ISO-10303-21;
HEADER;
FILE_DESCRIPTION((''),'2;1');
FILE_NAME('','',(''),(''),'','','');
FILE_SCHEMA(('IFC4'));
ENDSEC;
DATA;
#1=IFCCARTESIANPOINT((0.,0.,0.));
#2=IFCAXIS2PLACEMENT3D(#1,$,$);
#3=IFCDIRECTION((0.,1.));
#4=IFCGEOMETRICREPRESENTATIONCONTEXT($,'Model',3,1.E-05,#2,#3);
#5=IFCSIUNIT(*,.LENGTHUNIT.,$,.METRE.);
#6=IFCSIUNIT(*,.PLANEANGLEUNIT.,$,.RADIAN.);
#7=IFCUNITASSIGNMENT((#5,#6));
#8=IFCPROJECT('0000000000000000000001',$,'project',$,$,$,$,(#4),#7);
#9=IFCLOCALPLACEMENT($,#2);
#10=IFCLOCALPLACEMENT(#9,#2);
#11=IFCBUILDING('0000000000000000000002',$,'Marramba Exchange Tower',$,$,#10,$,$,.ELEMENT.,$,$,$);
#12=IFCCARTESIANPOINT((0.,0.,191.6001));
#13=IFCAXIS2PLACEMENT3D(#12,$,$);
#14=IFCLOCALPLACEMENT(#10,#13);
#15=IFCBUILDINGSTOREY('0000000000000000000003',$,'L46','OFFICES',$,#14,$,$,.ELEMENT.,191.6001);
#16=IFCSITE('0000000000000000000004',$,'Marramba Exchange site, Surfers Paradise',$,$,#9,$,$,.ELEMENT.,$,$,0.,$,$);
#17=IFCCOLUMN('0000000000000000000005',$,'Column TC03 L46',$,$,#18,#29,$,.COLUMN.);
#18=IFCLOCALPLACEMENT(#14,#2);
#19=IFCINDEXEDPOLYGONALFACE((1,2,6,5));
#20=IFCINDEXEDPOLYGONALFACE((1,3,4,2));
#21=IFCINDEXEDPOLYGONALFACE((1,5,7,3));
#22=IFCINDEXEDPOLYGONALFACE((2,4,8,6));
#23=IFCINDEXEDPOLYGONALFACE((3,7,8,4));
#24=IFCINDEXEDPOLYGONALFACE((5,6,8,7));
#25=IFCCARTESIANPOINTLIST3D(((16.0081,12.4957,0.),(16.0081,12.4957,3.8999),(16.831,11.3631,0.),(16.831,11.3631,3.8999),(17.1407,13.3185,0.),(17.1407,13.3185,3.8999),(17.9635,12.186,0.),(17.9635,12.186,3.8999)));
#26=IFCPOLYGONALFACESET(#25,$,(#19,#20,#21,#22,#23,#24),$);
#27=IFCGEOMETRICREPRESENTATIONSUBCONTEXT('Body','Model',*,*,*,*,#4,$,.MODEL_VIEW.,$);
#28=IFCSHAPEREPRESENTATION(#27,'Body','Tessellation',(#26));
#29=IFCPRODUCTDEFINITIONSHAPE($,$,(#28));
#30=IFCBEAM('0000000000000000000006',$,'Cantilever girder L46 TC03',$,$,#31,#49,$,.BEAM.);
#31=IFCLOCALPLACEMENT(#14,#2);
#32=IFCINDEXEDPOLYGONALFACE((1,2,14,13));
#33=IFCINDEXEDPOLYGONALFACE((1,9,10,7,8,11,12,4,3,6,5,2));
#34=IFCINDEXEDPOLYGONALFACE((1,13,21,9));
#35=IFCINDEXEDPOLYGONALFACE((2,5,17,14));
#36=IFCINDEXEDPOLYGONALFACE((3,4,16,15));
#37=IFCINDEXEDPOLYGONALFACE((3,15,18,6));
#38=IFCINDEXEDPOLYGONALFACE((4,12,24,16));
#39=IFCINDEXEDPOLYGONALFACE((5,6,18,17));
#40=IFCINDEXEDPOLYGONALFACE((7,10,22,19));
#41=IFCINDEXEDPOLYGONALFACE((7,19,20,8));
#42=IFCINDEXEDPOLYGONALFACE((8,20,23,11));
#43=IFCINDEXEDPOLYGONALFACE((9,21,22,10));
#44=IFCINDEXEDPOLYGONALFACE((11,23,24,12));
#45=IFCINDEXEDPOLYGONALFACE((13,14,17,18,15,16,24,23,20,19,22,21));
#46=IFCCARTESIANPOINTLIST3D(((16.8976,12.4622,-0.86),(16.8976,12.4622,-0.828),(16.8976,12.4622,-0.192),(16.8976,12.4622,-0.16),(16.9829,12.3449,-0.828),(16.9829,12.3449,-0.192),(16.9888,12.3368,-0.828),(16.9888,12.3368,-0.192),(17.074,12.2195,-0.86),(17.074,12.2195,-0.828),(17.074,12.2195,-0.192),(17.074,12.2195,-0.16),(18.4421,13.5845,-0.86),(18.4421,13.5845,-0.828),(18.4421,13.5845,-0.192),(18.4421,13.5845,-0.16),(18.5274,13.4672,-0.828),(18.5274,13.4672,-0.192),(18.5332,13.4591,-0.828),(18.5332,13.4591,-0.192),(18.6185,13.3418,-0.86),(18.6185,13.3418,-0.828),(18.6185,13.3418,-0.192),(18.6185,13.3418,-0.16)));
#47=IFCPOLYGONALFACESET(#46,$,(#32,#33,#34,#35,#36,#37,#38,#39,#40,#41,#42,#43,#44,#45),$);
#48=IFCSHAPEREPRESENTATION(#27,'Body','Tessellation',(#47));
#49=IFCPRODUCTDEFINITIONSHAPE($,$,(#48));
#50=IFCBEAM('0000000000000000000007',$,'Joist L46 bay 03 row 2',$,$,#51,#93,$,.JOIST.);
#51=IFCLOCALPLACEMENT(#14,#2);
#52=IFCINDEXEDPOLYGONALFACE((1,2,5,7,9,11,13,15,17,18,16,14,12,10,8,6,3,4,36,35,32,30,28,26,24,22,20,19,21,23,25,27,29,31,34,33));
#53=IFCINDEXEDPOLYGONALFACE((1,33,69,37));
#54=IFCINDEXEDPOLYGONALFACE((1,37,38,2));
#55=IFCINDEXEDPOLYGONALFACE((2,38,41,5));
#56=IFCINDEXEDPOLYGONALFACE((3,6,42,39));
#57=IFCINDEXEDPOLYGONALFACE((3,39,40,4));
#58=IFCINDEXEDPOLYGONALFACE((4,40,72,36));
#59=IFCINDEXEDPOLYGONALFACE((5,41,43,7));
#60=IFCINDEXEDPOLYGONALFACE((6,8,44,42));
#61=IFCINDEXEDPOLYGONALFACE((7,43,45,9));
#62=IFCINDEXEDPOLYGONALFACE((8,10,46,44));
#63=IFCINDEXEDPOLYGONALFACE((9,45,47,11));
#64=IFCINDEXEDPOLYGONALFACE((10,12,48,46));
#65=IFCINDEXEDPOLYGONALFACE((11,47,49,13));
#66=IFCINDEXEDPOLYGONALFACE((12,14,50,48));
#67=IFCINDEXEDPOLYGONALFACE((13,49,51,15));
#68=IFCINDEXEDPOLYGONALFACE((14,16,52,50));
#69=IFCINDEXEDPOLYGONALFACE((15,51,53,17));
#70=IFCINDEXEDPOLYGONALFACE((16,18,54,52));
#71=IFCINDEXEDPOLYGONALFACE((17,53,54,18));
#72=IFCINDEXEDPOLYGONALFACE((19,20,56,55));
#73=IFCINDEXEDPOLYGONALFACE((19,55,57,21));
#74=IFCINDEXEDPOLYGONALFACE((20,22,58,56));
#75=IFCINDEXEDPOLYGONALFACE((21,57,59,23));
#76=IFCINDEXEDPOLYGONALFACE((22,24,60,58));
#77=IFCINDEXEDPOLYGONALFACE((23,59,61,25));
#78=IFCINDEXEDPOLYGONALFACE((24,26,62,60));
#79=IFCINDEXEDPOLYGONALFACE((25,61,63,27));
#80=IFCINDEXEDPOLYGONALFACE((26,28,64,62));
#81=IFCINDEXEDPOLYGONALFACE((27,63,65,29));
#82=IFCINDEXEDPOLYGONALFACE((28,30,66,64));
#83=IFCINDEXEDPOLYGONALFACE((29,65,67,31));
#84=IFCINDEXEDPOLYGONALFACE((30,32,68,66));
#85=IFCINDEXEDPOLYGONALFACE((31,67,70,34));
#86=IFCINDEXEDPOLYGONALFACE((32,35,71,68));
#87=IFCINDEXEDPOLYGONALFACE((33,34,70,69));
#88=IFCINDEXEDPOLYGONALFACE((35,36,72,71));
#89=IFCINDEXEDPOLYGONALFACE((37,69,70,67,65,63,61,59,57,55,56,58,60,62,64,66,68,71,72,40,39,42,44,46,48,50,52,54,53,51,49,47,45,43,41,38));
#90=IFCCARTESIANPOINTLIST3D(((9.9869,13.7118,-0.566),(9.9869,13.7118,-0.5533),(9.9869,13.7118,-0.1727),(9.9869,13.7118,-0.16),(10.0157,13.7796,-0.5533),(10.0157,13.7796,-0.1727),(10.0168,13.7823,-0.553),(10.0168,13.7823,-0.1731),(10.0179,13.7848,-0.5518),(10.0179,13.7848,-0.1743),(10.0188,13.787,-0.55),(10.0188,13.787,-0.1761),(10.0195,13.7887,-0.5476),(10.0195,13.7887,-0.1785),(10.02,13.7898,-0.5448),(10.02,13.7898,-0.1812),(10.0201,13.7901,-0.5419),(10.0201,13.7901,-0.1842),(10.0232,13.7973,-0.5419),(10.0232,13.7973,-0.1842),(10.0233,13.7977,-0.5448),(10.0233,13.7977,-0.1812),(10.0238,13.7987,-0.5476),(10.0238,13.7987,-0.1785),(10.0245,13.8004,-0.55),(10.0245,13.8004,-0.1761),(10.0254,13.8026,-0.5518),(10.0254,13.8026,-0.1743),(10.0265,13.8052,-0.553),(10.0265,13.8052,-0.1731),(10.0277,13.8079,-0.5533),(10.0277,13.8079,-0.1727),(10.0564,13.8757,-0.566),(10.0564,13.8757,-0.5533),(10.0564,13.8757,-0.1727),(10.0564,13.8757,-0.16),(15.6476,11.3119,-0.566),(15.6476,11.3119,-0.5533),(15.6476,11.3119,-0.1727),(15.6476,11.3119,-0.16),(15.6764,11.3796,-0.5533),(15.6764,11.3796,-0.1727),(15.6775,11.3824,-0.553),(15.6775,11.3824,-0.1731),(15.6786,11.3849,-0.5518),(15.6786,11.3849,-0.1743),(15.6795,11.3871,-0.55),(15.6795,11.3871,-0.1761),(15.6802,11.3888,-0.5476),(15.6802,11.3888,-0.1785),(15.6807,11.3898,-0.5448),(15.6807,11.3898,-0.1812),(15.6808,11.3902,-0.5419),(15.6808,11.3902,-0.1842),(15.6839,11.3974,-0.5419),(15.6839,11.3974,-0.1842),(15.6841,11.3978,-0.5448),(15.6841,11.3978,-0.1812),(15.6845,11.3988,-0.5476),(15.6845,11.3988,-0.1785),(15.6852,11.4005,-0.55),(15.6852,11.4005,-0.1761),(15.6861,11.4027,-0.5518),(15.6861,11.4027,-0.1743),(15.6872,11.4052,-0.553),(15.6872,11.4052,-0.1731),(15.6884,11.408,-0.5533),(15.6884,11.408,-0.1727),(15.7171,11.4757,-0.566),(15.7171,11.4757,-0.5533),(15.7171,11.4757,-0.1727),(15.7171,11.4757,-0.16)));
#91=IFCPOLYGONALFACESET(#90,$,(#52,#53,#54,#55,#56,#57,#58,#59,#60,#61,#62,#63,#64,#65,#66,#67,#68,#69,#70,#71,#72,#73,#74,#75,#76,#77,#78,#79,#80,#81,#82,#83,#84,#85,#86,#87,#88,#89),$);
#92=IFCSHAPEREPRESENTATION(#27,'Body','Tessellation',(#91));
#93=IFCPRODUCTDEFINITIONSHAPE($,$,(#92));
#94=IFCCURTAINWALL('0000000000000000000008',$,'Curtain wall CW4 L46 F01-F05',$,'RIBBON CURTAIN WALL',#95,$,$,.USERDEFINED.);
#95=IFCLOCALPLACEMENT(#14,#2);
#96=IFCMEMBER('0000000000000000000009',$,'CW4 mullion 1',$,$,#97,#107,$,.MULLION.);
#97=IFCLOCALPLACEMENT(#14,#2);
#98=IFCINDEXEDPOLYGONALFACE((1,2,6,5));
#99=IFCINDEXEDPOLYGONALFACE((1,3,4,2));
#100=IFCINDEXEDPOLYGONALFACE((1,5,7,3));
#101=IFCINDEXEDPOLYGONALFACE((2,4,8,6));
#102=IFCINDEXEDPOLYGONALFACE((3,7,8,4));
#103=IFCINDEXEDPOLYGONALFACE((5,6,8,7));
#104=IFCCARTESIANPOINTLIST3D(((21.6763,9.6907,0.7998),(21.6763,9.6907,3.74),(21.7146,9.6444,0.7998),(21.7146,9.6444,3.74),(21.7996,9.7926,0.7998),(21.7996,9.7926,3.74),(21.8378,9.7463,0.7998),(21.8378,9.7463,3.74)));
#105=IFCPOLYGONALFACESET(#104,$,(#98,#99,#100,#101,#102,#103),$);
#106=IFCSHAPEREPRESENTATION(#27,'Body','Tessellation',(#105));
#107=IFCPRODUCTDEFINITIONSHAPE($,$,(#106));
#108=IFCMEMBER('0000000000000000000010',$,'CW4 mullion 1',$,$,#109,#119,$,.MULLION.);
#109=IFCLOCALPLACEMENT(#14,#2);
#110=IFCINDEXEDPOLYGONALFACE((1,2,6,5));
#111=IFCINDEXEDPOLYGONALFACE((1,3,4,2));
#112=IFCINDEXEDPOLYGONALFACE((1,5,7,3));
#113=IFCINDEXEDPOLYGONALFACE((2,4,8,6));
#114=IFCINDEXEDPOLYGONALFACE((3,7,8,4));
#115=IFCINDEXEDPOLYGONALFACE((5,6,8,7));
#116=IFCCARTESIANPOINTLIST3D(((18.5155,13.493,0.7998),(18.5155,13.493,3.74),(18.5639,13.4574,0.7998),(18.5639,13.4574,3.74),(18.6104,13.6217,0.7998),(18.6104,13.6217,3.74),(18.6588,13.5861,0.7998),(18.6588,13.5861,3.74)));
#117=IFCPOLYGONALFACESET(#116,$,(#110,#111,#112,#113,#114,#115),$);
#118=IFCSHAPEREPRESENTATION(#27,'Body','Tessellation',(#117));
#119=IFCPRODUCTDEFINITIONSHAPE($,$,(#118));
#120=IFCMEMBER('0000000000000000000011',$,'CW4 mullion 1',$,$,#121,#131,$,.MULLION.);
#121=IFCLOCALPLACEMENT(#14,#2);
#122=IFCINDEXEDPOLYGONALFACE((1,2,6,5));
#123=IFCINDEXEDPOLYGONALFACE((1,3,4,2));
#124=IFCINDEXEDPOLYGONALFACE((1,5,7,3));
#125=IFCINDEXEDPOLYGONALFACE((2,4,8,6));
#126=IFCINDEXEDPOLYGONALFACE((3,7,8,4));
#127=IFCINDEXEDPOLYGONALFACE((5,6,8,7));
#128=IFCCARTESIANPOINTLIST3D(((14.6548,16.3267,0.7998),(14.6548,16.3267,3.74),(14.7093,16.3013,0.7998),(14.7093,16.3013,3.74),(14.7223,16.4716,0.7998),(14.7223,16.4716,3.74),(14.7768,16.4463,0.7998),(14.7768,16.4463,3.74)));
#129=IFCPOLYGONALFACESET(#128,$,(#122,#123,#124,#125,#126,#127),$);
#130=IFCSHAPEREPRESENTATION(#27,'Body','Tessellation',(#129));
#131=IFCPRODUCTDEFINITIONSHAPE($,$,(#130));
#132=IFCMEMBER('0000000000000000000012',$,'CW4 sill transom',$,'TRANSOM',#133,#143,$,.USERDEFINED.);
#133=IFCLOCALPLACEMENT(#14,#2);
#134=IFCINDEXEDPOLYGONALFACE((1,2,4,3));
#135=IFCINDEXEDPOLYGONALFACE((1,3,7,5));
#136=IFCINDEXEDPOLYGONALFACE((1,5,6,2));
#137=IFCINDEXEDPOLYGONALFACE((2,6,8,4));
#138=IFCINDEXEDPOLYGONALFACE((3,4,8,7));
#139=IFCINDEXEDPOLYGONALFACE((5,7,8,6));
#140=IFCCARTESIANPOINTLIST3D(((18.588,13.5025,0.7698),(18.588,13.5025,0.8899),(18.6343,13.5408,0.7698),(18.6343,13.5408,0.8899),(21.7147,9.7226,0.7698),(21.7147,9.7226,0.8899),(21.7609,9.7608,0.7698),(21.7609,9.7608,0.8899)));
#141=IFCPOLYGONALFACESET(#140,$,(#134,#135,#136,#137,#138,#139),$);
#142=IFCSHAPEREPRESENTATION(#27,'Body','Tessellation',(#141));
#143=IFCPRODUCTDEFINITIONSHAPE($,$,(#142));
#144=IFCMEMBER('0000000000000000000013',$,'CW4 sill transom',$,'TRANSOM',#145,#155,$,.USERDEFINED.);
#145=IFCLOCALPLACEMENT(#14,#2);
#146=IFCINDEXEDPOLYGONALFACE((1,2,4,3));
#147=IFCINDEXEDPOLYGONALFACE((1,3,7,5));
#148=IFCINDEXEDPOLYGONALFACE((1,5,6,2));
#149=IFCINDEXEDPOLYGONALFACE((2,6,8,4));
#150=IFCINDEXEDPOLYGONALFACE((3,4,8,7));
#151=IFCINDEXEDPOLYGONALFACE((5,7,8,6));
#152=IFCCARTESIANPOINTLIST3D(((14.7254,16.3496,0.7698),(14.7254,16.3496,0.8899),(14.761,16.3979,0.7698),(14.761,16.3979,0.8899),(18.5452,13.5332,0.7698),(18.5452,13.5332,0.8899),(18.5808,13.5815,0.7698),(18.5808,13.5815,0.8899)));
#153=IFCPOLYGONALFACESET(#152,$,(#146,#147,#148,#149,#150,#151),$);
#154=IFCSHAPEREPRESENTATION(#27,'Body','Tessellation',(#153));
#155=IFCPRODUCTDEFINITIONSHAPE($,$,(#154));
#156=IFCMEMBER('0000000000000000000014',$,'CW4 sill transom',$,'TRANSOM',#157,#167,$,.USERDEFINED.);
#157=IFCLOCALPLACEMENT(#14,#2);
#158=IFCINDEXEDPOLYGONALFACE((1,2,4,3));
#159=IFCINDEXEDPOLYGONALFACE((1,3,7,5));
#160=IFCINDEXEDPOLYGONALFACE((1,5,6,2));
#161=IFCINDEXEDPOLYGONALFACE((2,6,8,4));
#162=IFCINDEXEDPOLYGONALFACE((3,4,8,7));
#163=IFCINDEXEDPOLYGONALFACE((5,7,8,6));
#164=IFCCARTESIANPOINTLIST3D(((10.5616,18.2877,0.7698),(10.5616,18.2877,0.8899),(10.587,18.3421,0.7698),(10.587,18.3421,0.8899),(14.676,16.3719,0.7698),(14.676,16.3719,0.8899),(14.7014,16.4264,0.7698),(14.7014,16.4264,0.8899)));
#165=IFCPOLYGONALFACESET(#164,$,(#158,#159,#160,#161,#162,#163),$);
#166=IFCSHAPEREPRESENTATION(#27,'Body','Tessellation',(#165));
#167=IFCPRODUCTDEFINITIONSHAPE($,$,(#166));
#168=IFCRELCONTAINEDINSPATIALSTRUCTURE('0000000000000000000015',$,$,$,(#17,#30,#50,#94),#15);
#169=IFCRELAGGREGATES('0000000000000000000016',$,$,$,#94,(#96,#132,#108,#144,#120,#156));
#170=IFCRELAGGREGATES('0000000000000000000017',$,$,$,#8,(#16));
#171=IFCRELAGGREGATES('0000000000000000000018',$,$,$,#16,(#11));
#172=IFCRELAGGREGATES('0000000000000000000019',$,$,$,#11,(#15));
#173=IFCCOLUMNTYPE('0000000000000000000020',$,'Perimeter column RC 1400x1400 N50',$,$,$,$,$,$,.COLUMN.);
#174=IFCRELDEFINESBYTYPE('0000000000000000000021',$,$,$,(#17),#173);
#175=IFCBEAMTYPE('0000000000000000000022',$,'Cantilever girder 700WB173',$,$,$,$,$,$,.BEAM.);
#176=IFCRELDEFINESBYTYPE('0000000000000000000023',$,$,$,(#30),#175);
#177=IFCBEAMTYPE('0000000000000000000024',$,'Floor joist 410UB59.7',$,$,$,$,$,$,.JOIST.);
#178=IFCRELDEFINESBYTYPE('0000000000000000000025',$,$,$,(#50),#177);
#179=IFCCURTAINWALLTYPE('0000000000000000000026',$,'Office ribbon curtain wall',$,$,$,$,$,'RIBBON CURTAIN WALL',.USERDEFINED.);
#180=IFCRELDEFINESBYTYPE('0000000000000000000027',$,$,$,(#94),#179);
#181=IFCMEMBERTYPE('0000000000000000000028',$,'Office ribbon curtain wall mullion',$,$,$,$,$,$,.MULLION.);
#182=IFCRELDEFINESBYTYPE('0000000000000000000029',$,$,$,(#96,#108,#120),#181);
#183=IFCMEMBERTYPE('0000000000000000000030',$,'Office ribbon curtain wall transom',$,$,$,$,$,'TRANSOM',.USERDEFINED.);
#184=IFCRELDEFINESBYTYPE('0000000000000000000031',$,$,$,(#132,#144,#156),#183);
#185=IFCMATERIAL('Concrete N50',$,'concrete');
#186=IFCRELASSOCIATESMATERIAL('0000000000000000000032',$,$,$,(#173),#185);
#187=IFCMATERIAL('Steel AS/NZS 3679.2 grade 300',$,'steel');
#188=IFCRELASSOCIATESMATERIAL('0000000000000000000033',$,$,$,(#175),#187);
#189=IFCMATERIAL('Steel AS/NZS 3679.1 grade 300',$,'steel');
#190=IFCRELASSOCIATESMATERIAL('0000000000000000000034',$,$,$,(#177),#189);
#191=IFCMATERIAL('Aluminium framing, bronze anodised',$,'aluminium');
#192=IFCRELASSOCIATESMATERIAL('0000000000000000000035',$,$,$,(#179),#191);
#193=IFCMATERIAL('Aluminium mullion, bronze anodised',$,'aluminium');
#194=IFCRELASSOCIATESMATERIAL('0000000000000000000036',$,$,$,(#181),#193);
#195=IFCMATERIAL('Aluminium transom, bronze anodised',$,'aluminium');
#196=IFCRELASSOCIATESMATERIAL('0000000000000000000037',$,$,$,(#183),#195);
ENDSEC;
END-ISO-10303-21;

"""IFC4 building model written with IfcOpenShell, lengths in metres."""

from ifc_helpers import new_model, si_unit, direction, frame, origin, origin_2d, place, context, subcontext, project, spatial, rectangle, i_section, extrude, material, material_profile, profile_set, type_object, element, aggregate, save


model = new_model("IFC4")

# Units and contexts
model_context = context("Model", 3, precision=1e-05, world=origin(), true_north=direction((0.0, 1.0)))
body_context = subcontext(model_context, "Body", "Model", "MODEL_VIEW")
ifc_project = project(units=[si_unit("LENGTHUNIT", "METRE"), si_unit("PLANEANGLEUNIT", "RADIAN")], contexts=[model_context])

# Site, building, storey
site_placement = place(None, origin())
site = spatial("IfcSite", under=ifc_project, at=site_placement, Name="Marramba Exchange site, Surfers Paradise", CompositionType="ELEMENT", RefElevation=0.0)
building_placement = place(site_placement, origin())
building = spatial("IfcBuilding", under=site, at=building_placement, Name="Marramba Exchange Tower", CompositionType="ELEMENT")
storey_placement = place(building_placement, frame((0.0, 0.0, 191.6001)))
storey = spatial("IfcBuildingStorey", under=building, at=storey_placement, Name="L46", Description="OFFICES", CompositionType="ELEMENT", Elevation=191.6001)

# Column
ifc_material_1 = material(Name="Concrete N50", Category="concrete")
ifc_material_profile_1 = material_profile(ifc_material_1, rectangle(XDim=1.3999, YDim=1.3999, at=origin_2d()), Name="RC 1400x1400")
ifc_profile_set_1 = profile_set([ifc_material_profile_1], Name="Concrete N50")
column_type = type_object("IfcColumnType", Name="Perimeter column RC 1400x1400 N50", PredefinedType="COLUMN", material=ifc_profile_set_1)
column_placement = place(storey_placement, frame((16.9858, 12.3408, 0.0), z_axis=(0.0, 0.0, 1.0), x_axis=(0.809017, 0.587785, 0.0)))
element("IfcColumn", 1, at=column_placement, inside=storey, type_object=column_type, Name="Column TC03 L46", PredefinedType="COLUMN", context=body_context, shape_type="SweptSolid", body=[
    extrude(rectangle(XDim=1.3999, YDim=1.3999, at=origin_2d()), origin(), (0.0, 0.0, 1.0), 3.8999),
])

# Beams
ifc_material_2 = material(Name="Steel AS/NZS 3679.2 grade 300", Category="steel")
ifc_material_profile_2 = material_profile(ifc_material_2, i_section(OverallWidth=0.3, OverallDepth=0.7, WebThickness=0.01, FlangeThickness=0.032, at=origin_2d()), Name="700WB173")
ifc_profile_set_2 = profile_set([ifc_material_profile_2], Name="Steel AS/NZS 3679.2 grade 300")
beam_type_1 = type_object("IfcBeamType", Name="Cantilever girder 700WB173", PredefinedType="BEAM", material=ifc_profile_set_2)
beam_1_placement = place(storey_placement, frame((16.9858, 12.3408, -0.51), z_axis=(0.808963, 0.58786, 0.0), x_axis=(-0.58786, 0.808963, 0.0)))
element("IfcBeam", 2, at=beam_1_placement, inside=storey, type_object=beam_type_1, Name="Cantilever girder L46 TC03", PredefinedType="BEAM", context=body_context, shape_type="SweptSolid", body=[
    extrude(i_section(OverallWidth=0.3, OverallDepth=0.7, WebThickness=0.01, FlangeThickness=0.032, at=origin_2d()), origin(), (0.0, 0.0, 1.0), 1.9092),
])
ifc_material_3 = material(Name="Steel AS/NZS 3679.1 grade 300", Category="steel")
ifc_material_profile_3 = material_profile(ifc_material_3, i_section(OverallWidth=0.178, OverallDepth=0.406, WebThickness=0.0078, FlangeThickness=0.0127, FilletRadius=0.0115, at=origin_2d()), Name="410UB59.7")
ifc_profile_set_3 = profile_set([ifc_material_profile_3], Name="Steel AS/NZS 3679.1 grade 300")
beam_type_2 = type_object("IfcBeamType", Name="Floor joist 410UB59.7", PredefinedType="JOIST", material=ifc_profile_set_3)
beam_2_placement = place(storey_placement, frame((15.6824, 11.3938, -0.363), z_axis=(-0.920674, 0.390332, 0.0), x_axis=(-0.390332, -0.920674, 0.0)))
element("IfcBeam", 3, at=beam_2_placement, inside=storey, type_object=beam_type_2, Name="Joist L46 bay 03 row 2", PredefinedType="JOIST", context=body_context, shape_type="SweptSolid", body=[
    extrude(i_section(OverallWidth=0.178, OverallDepth=0.406, WebThickness=0.0078, FlangeThickness=0.0127, FilletRadius=0.0115, at=origin_2d()), origin(), (0.0, 0.0, 1.0), 6.1484),
])

# Curtain wall, members
ifc_material_4 = material(Name="Aluminium framing, bronze anodised", Category="aluminium")
curtain_wall_type = type_object("IfcCurtainWallType", Name="Office ribbon curtain wall", ElementType="RIBBON CURTAIN WALL", PredefinedType="USERDEFINED", material=ifc_material_4)
curtain_wall_placement = place(storey_placement, origin())
curtain_wall = element("IfcCurtainWall", 4, at=curtain_wall_placement, inside=storey, type_object=curtain_wall_type, Name="Curtain wall CW4 L46 F01-F05", ObjectType="RIBBON CURTAIN WALL", PredefinedType="USERDEFINED")
ifc_material_5 = material(Name="Aluminium mullion, bronze anodised", Category="aluminium")
ifc_material_profile_4 = material_profile(ifc_material_5, rectangle(XDim=0.1599, YDim=0.0601, at=origin_2d()), Name="CW4 mullion 60x160")
ifc_profile_set_4 = profile_set([ifc_material_profile_4], Name="Aluminium mullion, bronze anodised")
member_type_1 = type_object("IfcMemberType", Name="Office ribbon curtain wall mullion", PredefinedType="MULLION", material=ifc_profile_set_4)
member_1_placement = place(storey_placement, frame((21.7571, 9.7185, 0.7998), z_axis=(0.0, 0.0, 1.0), x_axis=(-0.770574, -0.63735, 0.0)))
member_1 = element("IfcMember", 5, at=member_1_placement, type_object=member_type_1, Name="CW4 mullion 1", PredefinedType="MULLION", context=body_context, shape_type="SweptSolid", body=[
    extrude(rectangle(XDim=0.1599, YDim=0.0601, at=origin_2d()), origin(), (0.0, 0.0, 1.0), 2.9402),
])
member_2_placement = place(storey_placement, frame((18.5872, 13.5396, 0.7998), z_axis=(0.0, 0.0, 1.0), x_axis=(-0.593441, -0.804877, 0.0)))
member_2 = element("IfcMember", 6, at=member_2_placement, type_object=member_type_1, Name="CW4 mullion 1", PredefinedType="MULLION", context=body_context, shape_type="SweptSolid", body=[
    extrude(rectangle(XDim=0.1599, YDim=0.0601, at=origin_2d()), origin(), (0.0, 0.0, 1.0), 2.9402),
])
member_3_placement = place(storey_placement, frame((14.7158, 16.3865, 0.7998), z_axis=(0.0, 0.0, 1.0), x_axis=(-0.422133, -0.906534, 0.0)))
member_3 = element("IfcMember", 7, at=member_3_placement, type_object=member_type_1, Name="CW4 mullion 1", PredefinedType="MULLION", context=body_context, shape_type="SweptSolid", body=[
    extrude(rectangle(XDim=0.1599, YDim=0.0601, at=origin_2d()), origin(), (0.0, 0.0, 1.0), 2.9402),
])
ifc_material_6 = material(Name="Aluminium transom, bronze anodised", Category="aluminium")
ifc_material_profile_5 = material_profile(ifc_material_6, rectangle(XDim=0.0601, YDim=0.1201, at=origin_2d()), Name="CW4 transom 60x120")
ifc_profile_set_5 = profile_set([ifc_material_profile_5], Name="Aluminium transom, bronze anodised")
member_type_2 = type_object("IfcMemberType", Name="Office ribbon curtain wall transom", ElementType="TRANSOM", PredefinedType="USERDEFINED", material=ifc_profile_set_5)
member_4_placement = place(storey_placement, frame((21.7378, 9.7417, 0.8298), z_axis=(-0.637375, 0.770554, 0.0), x_axis=(-0.770554, -0.637375, 0.0)))
member_4 = element("IfcMember", 8, at=member_4_placement, type_object=member_type_2, Name="CW4 sill transom", ObjectType="TRANSOM", PredefinedType="USERDEFINED", context=body_context, shape_type="SweptSolid", body=[
    extrude(rectangle(XDim=0.0601, YDim=0.1201, at=origin_2d()), origin(), (0.0, 0.0, 1.0), 4.9055),
])
member_5_placement = place(storey_placement, frame((18.563, 13.5574, 0.8298), z_axis=(-0.804875, 0.593445, 0.0), x_axis=(-0.593445, -0.804875, 0.0)))
member_5 = element("IfcMember", 9, at=member_5_placement, type_object=member_type_2, Name="CW4 sill transom", ObjectType="TRANSOM", PredefinedType="USERDEFINED", context=body_context, shape_type="SweptSolid", body=[
    extrude(rectangle(XDim=0.0601, YDim=0.1201, at=origin_2d()), origin(), (0.0, 0.0, 1.0), 4.7458),
])
member_6_placement = place(storey_placement, frame((14.6887, 16.3992, 0.8298), z_axis=(-0.906548, 0.422102, 0.0), x_axis=(-0.422102, -0.906548, 0.0)))
member_6 = element("IfcMember", 10, at=member_6_placement, type_object=member_type_2, Name="CW4 sill transom", ObjectType="TRANSOM", PredefinedType="USERDEFINED", context=body_context, shape_type="SweptSolid", body=[
    extrude(rectangle(XDim=0.0601, YDim=0.1201, at=origin_2d()), origin(), (0.0, 0.0, 1.0), 4.5386),
])

aggregate(curtain_wall, [member_1, member_4, member_2, member_5, member_3, member_6])

save(model, "model.ifc")
